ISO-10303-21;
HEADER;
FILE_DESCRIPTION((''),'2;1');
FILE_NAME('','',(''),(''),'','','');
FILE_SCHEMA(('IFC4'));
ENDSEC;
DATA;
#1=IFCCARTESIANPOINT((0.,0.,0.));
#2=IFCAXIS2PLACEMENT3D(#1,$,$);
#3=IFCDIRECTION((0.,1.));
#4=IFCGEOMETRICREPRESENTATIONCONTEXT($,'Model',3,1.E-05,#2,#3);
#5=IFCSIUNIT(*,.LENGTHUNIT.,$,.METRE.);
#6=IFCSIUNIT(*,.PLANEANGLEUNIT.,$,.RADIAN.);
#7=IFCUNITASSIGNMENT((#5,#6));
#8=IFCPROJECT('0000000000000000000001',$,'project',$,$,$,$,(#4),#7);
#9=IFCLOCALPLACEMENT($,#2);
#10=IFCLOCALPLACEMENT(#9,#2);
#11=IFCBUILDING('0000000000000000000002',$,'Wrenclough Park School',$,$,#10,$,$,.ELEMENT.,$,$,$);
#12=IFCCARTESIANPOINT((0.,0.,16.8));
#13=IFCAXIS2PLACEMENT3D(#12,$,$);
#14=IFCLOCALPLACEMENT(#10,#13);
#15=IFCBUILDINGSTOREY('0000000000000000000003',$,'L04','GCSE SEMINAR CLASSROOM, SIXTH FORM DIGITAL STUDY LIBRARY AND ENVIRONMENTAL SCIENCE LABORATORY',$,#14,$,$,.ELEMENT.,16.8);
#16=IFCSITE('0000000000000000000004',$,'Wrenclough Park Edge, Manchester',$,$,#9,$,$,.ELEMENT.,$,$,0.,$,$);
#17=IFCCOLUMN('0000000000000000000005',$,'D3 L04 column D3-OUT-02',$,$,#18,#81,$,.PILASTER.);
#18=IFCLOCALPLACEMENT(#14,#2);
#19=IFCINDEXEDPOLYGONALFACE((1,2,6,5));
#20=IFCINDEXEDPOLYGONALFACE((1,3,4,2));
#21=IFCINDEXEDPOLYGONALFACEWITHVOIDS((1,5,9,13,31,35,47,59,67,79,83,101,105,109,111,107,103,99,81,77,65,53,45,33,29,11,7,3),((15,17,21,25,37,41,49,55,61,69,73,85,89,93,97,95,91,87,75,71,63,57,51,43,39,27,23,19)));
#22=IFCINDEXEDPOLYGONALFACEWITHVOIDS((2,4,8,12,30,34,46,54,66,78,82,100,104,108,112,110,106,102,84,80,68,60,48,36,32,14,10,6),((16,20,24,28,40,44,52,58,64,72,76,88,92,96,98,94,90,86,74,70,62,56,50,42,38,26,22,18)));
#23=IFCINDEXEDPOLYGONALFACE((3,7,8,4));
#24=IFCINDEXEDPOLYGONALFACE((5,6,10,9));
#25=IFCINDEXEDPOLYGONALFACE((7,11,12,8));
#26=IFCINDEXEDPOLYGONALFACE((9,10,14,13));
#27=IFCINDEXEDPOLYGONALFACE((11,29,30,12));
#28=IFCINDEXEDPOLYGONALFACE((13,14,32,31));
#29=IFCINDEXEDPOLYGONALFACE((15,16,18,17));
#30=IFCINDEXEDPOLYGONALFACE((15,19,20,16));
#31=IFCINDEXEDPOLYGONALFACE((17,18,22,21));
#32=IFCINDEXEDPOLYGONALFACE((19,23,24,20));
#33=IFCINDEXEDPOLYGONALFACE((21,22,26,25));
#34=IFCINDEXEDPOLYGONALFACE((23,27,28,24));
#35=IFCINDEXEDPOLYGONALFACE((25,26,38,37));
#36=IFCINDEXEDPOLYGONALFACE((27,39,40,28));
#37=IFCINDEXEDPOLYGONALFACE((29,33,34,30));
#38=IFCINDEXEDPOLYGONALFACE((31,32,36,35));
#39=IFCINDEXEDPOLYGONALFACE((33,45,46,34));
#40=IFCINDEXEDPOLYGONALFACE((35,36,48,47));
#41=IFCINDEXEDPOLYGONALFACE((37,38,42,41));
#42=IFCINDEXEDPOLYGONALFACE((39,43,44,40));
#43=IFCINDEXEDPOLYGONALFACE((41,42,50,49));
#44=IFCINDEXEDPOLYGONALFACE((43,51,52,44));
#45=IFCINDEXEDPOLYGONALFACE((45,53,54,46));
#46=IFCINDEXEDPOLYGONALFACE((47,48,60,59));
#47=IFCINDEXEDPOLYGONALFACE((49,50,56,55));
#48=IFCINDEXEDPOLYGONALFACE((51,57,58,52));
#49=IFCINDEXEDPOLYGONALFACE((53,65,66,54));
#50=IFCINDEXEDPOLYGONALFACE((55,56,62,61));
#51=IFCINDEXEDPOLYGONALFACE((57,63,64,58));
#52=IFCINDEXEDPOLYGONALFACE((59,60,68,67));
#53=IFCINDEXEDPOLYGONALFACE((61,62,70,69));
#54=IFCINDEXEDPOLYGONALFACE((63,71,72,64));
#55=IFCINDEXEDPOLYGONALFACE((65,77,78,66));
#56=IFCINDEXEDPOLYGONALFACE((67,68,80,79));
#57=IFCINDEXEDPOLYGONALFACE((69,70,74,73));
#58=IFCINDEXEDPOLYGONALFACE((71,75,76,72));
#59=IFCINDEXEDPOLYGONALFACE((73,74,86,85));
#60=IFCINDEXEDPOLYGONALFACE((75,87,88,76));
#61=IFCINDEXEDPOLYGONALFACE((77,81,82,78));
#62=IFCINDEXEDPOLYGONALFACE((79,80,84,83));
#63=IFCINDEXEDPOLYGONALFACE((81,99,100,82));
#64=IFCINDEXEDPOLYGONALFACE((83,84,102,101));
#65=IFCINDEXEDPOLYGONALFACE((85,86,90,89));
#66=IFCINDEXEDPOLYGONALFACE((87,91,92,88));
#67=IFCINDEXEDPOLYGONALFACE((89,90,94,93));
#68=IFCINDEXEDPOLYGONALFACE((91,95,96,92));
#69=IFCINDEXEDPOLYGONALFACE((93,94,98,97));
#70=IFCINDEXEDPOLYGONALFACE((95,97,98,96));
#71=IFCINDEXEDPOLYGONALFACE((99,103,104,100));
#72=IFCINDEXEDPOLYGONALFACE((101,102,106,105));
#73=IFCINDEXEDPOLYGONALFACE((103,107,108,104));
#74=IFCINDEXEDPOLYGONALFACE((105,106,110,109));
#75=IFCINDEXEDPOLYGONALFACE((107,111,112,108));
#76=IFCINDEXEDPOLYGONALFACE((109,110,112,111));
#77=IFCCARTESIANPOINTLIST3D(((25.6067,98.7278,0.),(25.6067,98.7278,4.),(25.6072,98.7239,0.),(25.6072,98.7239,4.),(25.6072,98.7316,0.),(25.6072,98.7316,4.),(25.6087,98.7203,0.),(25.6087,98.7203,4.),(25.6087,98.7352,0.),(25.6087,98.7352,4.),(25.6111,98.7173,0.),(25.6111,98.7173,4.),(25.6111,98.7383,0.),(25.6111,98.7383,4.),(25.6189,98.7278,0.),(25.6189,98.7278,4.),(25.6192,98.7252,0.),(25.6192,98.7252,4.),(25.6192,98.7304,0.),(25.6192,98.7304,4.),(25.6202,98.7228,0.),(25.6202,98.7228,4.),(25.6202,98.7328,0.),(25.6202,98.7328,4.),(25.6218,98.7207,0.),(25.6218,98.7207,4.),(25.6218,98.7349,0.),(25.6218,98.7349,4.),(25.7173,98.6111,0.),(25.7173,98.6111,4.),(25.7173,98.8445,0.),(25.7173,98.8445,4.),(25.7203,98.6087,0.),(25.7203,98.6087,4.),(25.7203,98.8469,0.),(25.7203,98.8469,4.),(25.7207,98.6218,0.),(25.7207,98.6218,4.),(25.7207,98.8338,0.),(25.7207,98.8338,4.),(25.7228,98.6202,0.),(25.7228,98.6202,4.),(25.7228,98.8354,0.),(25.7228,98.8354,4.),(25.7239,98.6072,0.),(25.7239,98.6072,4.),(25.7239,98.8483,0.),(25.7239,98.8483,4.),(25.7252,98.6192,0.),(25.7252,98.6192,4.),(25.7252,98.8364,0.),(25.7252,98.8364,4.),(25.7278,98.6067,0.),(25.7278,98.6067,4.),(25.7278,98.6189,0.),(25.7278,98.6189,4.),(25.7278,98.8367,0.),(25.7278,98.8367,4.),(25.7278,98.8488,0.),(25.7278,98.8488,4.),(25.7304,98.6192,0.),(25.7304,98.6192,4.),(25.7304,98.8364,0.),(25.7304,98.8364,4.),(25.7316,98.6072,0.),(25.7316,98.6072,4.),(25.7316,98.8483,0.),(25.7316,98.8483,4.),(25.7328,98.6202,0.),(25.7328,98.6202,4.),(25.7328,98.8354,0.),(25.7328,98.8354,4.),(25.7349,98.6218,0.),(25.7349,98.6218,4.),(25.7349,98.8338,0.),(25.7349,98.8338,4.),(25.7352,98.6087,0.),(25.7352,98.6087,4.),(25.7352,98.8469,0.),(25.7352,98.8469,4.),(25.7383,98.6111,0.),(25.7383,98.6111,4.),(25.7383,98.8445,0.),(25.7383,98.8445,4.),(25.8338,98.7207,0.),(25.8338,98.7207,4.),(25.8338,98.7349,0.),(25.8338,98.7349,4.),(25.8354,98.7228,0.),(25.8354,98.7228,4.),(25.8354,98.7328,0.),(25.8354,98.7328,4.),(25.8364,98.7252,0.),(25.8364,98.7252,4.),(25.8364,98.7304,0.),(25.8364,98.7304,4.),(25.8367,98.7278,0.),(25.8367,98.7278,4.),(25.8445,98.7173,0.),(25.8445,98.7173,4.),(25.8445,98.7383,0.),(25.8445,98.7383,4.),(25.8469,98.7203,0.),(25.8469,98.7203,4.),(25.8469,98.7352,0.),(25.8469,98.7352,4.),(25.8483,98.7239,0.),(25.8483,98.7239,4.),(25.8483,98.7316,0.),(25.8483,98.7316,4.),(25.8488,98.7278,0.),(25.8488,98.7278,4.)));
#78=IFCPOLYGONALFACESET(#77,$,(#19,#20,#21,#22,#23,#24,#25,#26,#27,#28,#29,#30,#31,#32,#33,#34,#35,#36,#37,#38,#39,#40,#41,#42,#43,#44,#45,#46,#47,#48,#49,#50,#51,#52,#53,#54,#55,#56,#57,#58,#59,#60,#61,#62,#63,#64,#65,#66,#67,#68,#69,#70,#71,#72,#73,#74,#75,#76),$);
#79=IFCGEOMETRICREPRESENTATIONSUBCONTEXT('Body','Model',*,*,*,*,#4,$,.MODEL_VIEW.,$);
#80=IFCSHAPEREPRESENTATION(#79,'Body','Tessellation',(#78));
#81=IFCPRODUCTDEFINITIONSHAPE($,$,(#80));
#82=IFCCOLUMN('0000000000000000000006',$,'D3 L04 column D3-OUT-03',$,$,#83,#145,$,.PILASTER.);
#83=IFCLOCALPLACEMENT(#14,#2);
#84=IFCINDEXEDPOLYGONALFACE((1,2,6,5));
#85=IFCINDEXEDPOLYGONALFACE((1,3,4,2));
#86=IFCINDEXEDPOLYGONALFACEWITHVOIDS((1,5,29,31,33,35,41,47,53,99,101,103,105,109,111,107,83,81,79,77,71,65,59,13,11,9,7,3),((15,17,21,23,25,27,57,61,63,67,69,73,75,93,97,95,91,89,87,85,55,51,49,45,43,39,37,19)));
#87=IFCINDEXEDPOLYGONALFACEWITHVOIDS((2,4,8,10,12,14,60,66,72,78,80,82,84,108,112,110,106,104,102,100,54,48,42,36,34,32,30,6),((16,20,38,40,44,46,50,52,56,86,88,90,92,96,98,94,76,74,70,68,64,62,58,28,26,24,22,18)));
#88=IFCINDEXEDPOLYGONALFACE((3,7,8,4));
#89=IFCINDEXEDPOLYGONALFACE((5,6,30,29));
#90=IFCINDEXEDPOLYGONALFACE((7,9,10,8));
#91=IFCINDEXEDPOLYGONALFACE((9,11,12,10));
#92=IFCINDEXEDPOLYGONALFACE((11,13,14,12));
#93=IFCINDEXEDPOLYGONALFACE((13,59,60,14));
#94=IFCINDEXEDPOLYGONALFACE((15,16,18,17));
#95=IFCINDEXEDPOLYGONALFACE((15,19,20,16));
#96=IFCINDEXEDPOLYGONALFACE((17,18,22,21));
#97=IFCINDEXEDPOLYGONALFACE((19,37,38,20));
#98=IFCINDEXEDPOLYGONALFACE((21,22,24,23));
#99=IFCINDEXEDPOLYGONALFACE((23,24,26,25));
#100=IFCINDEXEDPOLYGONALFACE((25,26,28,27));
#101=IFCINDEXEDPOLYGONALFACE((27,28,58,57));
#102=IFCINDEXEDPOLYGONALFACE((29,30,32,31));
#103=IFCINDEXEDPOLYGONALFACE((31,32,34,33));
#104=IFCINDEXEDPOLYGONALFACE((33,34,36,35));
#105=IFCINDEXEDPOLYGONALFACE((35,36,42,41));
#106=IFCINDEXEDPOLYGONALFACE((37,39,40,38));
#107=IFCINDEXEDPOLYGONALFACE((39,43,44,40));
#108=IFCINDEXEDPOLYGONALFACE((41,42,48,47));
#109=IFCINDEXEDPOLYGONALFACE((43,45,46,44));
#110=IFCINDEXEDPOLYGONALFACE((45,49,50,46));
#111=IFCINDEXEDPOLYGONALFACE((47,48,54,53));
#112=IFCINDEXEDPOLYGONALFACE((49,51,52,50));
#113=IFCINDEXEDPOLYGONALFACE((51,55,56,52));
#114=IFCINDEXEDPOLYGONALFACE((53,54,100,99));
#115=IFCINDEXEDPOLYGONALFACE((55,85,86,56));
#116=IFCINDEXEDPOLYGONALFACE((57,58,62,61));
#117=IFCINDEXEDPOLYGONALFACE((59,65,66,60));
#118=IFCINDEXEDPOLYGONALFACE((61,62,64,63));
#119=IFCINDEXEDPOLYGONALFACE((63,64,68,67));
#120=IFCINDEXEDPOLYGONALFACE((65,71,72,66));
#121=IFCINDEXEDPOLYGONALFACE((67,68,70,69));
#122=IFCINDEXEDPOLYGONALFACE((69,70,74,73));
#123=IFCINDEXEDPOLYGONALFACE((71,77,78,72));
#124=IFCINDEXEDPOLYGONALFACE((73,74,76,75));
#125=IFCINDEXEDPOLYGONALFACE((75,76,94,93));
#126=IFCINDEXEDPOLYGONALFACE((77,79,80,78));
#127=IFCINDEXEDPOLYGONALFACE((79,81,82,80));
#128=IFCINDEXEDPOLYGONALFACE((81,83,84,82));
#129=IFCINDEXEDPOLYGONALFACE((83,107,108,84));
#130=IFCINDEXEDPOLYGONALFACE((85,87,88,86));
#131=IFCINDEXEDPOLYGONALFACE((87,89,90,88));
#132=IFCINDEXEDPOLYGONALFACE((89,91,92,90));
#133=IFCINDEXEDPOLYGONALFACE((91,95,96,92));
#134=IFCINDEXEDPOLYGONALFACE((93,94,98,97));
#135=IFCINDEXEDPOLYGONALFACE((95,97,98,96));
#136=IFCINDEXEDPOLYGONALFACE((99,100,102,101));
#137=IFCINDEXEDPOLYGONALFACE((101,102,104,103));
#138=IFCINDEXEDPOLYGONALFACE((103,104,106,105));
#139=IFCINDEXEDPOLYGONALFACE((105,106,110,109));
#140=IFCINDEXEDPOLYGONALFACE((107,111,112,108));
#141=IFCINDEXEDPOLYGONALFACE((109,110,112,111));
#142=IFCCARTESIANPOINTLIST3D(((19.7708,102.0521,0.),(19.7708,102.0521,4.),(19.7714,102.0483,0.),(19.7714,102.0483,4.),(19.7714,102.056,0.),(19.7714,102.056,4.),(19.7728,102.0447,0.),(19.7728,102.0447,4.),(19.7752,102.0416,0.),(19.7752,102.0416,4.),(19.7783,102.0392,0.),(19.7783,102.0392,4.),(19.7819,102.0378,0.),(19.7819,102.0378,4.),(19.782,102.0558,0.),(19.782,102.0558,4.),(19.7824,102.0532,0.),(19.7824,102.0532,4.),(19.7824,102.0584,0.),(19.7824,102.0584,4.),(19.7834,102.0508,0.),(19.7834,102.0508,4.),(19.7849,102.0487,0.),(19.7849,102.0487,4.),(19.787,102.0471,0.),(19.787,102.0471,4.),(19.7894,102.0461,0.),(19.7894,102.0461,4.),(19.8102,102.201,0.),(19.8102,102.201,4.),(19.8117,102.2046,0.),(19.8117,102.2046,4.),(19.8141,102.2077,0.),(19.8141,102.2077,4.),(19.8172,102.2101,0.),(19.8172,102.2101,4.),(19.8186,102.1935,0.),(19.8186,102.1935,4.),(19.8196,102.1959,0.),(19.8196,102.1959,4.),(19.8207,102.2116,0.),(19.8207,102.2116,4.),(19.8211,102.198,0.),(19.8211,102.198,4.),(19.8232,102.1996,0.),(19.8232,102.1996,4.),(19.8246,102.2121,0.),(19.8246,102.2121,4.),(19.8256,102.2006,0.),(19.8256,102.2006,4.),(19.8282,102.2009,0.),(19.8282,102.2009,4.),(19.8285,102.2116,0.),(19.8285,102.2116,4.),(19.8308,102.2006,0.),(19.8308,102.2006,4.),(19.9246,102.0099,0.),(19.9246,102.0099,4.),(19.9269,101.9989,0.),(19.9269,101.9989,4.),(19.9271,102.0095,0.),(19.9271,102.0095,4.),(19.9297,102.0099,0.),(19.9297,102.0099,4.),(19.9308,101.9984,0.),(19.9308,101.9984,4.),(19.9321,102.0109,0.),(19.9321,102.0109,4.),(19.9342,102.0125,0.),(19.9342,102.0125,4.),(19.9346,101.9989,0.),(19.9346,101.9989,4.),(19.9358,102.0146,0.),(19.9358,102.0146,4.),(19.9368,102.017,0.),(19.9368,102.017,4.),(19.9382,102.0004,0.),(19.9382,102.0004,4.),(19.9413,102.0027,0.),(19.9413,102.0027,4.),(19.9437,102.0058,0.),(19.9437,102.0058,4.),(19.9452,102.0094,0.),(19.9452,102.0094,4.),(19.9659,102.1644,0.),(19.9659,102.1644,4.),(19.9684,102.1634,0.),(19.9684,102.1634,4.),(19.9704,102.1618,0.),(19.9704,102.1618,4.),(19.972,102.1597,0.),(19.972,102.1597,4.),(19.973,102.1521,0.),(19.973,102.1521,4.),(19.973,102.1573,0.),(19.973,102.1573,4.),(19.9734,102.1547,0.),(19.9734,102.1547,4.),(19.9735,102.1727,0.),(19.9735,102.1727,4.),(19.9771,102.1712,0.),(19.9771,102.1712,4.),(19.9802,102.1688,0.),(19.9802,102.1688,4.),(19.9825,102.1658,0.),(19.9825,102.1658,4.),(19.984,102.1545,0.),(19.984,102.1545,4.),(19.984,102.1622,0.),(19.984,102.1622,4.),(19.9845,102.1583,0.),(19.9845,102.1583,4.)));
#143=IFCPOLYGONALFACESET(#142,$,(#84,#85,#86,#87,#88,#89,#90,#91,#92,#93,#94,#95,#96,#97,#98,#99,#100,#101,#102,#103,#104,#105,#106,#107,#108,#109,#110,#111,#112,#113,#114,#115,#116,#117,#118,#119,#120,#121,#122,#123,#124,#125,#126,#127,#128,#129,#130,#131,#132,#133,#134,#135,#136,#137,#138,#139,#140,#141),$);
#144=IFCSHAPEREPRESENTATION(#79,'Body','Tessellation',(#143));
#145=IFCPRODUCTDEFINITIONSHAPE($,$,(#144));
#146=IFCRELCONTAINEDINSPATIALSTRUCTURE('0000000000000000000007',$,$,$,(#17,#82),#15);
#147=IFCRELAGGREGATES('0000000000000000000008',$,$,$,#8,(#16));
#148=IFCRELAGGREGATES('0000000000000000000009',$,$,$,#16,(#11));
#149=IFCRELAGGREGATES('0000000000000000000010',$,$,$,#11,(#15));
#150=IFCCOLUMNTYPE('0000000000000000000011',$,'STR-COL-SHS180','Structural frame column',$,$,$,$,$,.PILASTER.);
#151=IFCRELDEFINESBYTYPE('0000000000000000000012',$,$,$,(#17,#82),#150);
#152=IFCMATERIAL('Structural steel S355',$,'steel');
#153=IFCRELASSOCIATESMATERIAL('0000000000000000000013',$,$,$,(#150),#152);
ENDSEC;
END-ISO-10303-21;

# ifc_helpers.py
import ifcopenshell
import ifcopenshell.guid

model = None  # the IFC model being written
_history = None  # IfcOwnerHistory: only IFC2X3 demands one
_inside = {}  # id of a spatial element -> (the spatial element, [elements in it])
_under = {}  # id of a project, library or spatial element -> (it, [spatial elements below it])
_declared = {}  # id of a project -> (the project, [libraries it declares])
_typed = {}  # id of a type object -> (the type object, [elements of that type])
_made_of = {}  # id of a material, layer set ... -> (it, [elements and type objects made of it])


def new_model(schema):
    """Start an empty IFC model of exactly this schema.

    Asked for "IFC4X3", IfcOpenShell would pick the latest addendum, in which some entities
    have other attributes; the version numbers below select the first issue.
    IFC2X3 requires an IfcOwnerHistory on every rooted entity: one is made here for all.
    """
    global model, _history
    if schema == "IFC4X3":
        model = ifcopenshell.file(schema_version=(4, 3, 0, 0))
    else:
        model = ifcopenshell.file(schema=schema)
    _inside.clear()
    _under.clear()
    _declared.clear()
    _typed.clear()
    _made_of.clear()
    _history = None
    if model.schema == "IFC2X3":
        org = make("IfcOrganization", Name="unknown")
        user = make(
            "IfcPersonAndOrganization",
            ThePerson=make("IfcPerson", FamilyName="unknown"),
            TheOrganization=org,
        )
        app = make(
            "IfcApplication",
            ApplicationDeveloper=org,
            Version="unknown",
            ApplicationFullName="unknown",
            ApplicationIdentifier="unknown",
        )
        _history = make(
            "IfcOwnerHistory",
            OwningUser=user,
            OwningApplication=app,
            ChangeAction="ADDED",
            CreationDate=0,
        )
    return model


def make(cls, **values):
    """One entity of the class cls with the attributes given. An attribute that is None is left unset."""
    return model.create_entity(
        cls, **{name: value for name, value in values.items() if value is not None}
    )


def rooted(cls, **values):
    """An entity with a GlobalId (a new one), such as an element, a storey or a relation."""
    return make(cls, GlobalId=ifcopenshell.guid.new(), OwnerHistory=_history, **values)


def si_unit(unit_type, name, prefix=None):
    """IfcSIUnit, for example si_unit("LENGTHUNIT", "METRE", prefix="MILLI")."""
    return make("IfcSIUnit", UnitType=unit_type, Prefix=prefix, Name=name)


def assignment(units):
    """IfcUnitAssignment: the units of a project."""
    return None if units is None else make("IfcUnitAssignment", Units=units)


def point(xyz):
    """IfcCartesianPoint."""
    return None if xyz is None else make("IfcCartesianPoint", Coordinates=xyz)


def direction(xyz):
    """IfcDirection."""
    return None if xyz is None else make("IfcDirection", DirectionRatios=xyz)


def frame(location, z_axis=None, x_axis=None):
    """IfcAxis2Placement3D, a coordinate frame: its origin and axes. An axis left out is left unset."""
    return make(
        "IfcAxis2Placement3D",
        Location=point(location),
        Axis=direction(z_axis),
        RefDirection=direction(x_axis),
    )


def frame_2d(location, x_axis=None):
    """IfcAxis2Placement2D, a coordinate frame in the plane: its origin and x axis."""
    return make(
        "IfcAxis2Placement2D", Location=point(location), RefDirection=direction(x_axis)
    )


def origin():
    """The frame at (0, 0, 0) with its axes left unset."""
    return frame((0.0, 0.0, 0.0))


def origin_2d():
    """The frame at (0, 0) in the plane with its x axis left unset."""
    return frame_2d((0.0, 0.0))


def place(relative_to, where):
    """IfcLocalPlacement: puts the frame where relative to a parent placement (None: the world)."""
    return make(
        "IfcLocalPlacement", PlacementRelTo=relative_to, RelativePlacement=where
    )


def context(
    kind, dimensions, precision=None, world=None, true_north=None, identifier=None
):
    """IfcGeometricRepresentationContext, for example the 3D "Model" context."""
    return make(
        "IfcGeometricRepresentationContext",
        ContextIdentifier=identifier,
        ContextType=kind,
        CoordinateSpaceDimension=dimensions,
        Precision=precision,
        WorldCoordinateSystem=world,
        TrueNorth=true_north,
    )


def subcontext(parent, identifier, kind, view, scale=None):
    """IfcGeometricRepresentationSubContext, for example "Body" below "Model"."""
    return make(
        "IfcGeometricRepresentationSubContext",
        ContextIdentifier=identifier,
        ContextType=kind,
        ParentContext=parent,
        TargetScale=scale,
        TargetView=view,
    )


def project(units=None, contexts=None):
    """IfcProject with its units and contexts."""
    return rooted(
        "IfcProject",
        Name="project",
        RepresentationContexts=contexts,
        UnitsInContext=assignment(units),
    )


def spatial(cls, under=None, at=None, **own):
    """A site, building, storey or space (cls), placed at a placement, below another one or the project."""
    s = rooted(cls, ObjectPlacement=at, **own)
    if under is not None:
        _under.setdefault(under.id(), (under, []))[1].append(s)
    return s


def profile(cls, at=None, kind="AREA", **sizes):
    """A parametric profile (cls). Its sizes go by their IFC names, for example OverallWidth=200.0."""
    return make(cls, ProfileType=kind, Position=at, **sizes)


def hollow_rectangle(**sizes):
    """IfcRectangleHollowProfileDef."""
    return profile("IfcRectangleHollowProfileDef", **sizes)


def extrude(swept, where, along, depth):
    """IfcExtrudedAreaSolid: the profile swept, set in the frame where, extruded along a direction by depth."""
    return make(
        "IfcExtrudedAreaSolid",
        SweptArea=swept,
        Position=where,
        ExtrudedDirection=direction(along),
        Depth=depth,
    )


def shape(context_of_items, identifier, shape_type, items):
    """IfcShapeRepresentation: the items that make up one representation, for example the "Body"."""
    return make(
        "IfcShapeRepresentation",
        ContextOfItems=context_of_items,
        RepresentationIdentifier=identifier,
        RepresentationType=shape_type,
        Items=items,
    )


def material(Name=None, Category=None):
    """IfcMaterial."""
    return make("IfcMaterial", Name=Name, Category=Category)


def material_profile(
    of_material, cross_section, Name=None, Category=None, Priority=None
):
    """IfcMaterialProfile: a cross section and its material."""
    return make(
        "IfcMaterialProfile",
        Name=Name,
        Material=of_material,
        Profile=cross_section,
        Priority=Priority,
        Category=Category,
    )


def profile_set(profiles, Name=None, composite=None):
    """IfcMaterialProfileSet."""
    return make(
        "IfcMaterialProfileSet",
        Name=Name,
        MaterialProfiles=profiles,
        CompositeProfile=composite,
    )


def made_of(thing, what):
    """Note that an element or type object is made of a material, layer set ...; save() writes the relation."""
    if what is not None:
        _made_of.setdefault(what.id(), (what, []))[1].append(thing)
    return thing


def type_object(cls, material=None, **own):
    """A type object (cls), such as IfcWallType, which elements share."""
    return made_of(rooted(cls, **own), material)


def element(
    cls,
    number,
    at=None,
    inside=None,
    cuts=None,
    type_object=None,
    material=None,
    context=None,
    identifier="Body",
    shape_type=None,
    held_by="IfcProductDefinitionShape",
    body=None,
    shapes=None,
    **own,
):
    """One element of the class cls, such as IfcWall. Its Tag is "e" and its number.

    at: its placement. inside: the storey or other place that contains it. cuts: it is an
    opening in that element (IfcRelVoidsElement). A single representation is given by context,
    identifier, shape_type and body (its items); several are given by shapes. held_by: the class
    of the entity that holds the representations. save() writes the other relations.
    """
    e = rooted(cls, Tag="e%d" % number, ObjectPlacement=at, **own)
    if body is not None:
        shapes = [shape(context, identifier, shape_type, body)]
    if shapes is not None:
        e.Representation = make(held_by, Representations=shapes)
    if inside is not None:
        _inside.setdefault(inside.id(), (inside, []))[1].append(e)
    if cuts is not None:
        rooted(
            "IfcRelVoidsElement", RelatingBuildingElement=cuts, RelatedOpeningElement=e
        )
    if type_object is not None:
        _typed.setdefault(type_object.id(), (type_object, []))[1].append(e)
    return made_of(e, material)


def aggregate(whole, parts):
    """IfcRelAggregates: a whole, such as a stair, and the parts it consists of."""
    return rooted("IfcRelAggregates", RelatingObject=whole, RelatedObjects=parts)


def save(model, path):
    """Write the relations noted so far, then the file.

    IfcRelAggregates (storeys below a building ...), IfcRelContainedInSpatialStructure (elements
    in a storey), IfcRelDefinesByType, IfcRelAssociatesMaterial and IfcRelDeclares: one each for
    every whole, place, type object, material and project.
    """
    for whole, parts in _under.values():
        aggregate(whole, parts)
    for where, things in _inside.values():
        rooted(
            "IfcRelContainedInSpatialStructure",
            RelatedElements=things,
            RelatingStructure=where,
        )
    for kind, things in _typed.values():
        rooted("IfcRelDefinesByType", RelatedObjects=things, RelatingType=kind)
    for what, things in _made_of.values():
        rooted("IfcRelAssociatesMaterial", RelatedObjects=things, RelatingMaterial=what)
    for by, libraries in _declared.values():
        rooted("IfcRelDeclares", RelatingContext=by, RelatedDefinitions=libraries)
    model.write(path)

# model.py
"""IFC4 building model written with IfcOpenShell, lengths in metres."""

from ifc_helpers import new_model, si_unit, direction, frame, origin, origin_2d, place, context, subcontext, project, spatial, hollow_rectangle, extrude, material, material_profile, profile_set, type_object, element, save


model = new_model("IFC4")

# Units and contexts
model_context = context("Model", 3, precision=1e-05, world=origin(), true_north=direction((0.0, 1.0)))
body_context = subcontext(model_context, "Body", "Model", "MODEL_VIEW")
ifc_project = project(units=[si_unit("LENGTHUNIT", "METRE"), si_unit("PLANEANGLEUNIT", "RADIAN")], contexts=[model_context])

# Site, building, storey
site_placement = place(None, origin())
site = spatial("IfcSite", under=ifc_project, at=site_placement, Name="Wrenclough Park Edge, Manchester", CompositionType="ELEMENT", RefElevation=0.0)
building_placement = place(site_placement, origin())
building = spatial("IfcBuilding", under=site, at=building_placement, Name="Wrenclough Park School", CompositionType="ELEMENT")
storey_placement = place(building_placement, frame((0.0, 0.0, 16.8)))
storey = spatial("IfcBuildingStorey", under=building, at=storey_placement, Name="L04", Description="GCSE SEMINAR CLASSROOM, SIXTH FORM DIGITAL STUDY LIBRARY AND ENVIRONMENTAL SCIENCE LABORATORY", CompositionType="ELEMENT", Elevation=16.8)

# Columns
ifc_material_1 = material(Name="Structural steel S355", Category="steel")
ifc_material_profile_1 = material_profile(ifc_material_1, hollow_rectangle(XDim=0.1799, YDim=0.1799, WallThickness=0.01, InnerFilletRadius=0.01, OuterFilletRadius=0.0149, at=origin_2d()), Name="SHS 180x180x10.0")
ifc_profile_set_1 = profile_set([ifc_material_profile_1], Name="Structural steel S355")
column_type = type_object("IfcColumnType", Name="STR-COL-SHS180", Description="Structural frame column", PredefinedType="PILASTER", material=ifc_profile_set_1)
for number, where, z_axis, x_axis, name in (
    (1, (25.7278, 98.7278, 0.0), (0.0, 0.0, 1.0), (-0.707107, 0.707107, 0.0), "D3 L04 column D3-OUT-02"),
    (2, (19.8777, 102.1052, 0.0), (0.0, 0.0, 1.0), (-0.965926, 0.258819, 0.0), "D3 L04 column D3-OUT-03"),
):
    element("IfcColumn", number, at=place(storey_placement, frame(where, z_axis=z_axis, x_axis=x_axis)), inside=storey, type_object=column_type, Name=name, PredefinedType="PILASTER", context=body_context, shape_type="SweptSolid", body=[
        extrude(hollow_rectangle(XDim=0.1799, YDim=0.1799, WallThickness=0.01, InnerFilletRadius=0.01, OuterFilletRadius=0.0149, at=origin_2d()), origin(), (0.0, 0.0, 1.0), 4.0),
    ])

save(model, "model.ifc")
